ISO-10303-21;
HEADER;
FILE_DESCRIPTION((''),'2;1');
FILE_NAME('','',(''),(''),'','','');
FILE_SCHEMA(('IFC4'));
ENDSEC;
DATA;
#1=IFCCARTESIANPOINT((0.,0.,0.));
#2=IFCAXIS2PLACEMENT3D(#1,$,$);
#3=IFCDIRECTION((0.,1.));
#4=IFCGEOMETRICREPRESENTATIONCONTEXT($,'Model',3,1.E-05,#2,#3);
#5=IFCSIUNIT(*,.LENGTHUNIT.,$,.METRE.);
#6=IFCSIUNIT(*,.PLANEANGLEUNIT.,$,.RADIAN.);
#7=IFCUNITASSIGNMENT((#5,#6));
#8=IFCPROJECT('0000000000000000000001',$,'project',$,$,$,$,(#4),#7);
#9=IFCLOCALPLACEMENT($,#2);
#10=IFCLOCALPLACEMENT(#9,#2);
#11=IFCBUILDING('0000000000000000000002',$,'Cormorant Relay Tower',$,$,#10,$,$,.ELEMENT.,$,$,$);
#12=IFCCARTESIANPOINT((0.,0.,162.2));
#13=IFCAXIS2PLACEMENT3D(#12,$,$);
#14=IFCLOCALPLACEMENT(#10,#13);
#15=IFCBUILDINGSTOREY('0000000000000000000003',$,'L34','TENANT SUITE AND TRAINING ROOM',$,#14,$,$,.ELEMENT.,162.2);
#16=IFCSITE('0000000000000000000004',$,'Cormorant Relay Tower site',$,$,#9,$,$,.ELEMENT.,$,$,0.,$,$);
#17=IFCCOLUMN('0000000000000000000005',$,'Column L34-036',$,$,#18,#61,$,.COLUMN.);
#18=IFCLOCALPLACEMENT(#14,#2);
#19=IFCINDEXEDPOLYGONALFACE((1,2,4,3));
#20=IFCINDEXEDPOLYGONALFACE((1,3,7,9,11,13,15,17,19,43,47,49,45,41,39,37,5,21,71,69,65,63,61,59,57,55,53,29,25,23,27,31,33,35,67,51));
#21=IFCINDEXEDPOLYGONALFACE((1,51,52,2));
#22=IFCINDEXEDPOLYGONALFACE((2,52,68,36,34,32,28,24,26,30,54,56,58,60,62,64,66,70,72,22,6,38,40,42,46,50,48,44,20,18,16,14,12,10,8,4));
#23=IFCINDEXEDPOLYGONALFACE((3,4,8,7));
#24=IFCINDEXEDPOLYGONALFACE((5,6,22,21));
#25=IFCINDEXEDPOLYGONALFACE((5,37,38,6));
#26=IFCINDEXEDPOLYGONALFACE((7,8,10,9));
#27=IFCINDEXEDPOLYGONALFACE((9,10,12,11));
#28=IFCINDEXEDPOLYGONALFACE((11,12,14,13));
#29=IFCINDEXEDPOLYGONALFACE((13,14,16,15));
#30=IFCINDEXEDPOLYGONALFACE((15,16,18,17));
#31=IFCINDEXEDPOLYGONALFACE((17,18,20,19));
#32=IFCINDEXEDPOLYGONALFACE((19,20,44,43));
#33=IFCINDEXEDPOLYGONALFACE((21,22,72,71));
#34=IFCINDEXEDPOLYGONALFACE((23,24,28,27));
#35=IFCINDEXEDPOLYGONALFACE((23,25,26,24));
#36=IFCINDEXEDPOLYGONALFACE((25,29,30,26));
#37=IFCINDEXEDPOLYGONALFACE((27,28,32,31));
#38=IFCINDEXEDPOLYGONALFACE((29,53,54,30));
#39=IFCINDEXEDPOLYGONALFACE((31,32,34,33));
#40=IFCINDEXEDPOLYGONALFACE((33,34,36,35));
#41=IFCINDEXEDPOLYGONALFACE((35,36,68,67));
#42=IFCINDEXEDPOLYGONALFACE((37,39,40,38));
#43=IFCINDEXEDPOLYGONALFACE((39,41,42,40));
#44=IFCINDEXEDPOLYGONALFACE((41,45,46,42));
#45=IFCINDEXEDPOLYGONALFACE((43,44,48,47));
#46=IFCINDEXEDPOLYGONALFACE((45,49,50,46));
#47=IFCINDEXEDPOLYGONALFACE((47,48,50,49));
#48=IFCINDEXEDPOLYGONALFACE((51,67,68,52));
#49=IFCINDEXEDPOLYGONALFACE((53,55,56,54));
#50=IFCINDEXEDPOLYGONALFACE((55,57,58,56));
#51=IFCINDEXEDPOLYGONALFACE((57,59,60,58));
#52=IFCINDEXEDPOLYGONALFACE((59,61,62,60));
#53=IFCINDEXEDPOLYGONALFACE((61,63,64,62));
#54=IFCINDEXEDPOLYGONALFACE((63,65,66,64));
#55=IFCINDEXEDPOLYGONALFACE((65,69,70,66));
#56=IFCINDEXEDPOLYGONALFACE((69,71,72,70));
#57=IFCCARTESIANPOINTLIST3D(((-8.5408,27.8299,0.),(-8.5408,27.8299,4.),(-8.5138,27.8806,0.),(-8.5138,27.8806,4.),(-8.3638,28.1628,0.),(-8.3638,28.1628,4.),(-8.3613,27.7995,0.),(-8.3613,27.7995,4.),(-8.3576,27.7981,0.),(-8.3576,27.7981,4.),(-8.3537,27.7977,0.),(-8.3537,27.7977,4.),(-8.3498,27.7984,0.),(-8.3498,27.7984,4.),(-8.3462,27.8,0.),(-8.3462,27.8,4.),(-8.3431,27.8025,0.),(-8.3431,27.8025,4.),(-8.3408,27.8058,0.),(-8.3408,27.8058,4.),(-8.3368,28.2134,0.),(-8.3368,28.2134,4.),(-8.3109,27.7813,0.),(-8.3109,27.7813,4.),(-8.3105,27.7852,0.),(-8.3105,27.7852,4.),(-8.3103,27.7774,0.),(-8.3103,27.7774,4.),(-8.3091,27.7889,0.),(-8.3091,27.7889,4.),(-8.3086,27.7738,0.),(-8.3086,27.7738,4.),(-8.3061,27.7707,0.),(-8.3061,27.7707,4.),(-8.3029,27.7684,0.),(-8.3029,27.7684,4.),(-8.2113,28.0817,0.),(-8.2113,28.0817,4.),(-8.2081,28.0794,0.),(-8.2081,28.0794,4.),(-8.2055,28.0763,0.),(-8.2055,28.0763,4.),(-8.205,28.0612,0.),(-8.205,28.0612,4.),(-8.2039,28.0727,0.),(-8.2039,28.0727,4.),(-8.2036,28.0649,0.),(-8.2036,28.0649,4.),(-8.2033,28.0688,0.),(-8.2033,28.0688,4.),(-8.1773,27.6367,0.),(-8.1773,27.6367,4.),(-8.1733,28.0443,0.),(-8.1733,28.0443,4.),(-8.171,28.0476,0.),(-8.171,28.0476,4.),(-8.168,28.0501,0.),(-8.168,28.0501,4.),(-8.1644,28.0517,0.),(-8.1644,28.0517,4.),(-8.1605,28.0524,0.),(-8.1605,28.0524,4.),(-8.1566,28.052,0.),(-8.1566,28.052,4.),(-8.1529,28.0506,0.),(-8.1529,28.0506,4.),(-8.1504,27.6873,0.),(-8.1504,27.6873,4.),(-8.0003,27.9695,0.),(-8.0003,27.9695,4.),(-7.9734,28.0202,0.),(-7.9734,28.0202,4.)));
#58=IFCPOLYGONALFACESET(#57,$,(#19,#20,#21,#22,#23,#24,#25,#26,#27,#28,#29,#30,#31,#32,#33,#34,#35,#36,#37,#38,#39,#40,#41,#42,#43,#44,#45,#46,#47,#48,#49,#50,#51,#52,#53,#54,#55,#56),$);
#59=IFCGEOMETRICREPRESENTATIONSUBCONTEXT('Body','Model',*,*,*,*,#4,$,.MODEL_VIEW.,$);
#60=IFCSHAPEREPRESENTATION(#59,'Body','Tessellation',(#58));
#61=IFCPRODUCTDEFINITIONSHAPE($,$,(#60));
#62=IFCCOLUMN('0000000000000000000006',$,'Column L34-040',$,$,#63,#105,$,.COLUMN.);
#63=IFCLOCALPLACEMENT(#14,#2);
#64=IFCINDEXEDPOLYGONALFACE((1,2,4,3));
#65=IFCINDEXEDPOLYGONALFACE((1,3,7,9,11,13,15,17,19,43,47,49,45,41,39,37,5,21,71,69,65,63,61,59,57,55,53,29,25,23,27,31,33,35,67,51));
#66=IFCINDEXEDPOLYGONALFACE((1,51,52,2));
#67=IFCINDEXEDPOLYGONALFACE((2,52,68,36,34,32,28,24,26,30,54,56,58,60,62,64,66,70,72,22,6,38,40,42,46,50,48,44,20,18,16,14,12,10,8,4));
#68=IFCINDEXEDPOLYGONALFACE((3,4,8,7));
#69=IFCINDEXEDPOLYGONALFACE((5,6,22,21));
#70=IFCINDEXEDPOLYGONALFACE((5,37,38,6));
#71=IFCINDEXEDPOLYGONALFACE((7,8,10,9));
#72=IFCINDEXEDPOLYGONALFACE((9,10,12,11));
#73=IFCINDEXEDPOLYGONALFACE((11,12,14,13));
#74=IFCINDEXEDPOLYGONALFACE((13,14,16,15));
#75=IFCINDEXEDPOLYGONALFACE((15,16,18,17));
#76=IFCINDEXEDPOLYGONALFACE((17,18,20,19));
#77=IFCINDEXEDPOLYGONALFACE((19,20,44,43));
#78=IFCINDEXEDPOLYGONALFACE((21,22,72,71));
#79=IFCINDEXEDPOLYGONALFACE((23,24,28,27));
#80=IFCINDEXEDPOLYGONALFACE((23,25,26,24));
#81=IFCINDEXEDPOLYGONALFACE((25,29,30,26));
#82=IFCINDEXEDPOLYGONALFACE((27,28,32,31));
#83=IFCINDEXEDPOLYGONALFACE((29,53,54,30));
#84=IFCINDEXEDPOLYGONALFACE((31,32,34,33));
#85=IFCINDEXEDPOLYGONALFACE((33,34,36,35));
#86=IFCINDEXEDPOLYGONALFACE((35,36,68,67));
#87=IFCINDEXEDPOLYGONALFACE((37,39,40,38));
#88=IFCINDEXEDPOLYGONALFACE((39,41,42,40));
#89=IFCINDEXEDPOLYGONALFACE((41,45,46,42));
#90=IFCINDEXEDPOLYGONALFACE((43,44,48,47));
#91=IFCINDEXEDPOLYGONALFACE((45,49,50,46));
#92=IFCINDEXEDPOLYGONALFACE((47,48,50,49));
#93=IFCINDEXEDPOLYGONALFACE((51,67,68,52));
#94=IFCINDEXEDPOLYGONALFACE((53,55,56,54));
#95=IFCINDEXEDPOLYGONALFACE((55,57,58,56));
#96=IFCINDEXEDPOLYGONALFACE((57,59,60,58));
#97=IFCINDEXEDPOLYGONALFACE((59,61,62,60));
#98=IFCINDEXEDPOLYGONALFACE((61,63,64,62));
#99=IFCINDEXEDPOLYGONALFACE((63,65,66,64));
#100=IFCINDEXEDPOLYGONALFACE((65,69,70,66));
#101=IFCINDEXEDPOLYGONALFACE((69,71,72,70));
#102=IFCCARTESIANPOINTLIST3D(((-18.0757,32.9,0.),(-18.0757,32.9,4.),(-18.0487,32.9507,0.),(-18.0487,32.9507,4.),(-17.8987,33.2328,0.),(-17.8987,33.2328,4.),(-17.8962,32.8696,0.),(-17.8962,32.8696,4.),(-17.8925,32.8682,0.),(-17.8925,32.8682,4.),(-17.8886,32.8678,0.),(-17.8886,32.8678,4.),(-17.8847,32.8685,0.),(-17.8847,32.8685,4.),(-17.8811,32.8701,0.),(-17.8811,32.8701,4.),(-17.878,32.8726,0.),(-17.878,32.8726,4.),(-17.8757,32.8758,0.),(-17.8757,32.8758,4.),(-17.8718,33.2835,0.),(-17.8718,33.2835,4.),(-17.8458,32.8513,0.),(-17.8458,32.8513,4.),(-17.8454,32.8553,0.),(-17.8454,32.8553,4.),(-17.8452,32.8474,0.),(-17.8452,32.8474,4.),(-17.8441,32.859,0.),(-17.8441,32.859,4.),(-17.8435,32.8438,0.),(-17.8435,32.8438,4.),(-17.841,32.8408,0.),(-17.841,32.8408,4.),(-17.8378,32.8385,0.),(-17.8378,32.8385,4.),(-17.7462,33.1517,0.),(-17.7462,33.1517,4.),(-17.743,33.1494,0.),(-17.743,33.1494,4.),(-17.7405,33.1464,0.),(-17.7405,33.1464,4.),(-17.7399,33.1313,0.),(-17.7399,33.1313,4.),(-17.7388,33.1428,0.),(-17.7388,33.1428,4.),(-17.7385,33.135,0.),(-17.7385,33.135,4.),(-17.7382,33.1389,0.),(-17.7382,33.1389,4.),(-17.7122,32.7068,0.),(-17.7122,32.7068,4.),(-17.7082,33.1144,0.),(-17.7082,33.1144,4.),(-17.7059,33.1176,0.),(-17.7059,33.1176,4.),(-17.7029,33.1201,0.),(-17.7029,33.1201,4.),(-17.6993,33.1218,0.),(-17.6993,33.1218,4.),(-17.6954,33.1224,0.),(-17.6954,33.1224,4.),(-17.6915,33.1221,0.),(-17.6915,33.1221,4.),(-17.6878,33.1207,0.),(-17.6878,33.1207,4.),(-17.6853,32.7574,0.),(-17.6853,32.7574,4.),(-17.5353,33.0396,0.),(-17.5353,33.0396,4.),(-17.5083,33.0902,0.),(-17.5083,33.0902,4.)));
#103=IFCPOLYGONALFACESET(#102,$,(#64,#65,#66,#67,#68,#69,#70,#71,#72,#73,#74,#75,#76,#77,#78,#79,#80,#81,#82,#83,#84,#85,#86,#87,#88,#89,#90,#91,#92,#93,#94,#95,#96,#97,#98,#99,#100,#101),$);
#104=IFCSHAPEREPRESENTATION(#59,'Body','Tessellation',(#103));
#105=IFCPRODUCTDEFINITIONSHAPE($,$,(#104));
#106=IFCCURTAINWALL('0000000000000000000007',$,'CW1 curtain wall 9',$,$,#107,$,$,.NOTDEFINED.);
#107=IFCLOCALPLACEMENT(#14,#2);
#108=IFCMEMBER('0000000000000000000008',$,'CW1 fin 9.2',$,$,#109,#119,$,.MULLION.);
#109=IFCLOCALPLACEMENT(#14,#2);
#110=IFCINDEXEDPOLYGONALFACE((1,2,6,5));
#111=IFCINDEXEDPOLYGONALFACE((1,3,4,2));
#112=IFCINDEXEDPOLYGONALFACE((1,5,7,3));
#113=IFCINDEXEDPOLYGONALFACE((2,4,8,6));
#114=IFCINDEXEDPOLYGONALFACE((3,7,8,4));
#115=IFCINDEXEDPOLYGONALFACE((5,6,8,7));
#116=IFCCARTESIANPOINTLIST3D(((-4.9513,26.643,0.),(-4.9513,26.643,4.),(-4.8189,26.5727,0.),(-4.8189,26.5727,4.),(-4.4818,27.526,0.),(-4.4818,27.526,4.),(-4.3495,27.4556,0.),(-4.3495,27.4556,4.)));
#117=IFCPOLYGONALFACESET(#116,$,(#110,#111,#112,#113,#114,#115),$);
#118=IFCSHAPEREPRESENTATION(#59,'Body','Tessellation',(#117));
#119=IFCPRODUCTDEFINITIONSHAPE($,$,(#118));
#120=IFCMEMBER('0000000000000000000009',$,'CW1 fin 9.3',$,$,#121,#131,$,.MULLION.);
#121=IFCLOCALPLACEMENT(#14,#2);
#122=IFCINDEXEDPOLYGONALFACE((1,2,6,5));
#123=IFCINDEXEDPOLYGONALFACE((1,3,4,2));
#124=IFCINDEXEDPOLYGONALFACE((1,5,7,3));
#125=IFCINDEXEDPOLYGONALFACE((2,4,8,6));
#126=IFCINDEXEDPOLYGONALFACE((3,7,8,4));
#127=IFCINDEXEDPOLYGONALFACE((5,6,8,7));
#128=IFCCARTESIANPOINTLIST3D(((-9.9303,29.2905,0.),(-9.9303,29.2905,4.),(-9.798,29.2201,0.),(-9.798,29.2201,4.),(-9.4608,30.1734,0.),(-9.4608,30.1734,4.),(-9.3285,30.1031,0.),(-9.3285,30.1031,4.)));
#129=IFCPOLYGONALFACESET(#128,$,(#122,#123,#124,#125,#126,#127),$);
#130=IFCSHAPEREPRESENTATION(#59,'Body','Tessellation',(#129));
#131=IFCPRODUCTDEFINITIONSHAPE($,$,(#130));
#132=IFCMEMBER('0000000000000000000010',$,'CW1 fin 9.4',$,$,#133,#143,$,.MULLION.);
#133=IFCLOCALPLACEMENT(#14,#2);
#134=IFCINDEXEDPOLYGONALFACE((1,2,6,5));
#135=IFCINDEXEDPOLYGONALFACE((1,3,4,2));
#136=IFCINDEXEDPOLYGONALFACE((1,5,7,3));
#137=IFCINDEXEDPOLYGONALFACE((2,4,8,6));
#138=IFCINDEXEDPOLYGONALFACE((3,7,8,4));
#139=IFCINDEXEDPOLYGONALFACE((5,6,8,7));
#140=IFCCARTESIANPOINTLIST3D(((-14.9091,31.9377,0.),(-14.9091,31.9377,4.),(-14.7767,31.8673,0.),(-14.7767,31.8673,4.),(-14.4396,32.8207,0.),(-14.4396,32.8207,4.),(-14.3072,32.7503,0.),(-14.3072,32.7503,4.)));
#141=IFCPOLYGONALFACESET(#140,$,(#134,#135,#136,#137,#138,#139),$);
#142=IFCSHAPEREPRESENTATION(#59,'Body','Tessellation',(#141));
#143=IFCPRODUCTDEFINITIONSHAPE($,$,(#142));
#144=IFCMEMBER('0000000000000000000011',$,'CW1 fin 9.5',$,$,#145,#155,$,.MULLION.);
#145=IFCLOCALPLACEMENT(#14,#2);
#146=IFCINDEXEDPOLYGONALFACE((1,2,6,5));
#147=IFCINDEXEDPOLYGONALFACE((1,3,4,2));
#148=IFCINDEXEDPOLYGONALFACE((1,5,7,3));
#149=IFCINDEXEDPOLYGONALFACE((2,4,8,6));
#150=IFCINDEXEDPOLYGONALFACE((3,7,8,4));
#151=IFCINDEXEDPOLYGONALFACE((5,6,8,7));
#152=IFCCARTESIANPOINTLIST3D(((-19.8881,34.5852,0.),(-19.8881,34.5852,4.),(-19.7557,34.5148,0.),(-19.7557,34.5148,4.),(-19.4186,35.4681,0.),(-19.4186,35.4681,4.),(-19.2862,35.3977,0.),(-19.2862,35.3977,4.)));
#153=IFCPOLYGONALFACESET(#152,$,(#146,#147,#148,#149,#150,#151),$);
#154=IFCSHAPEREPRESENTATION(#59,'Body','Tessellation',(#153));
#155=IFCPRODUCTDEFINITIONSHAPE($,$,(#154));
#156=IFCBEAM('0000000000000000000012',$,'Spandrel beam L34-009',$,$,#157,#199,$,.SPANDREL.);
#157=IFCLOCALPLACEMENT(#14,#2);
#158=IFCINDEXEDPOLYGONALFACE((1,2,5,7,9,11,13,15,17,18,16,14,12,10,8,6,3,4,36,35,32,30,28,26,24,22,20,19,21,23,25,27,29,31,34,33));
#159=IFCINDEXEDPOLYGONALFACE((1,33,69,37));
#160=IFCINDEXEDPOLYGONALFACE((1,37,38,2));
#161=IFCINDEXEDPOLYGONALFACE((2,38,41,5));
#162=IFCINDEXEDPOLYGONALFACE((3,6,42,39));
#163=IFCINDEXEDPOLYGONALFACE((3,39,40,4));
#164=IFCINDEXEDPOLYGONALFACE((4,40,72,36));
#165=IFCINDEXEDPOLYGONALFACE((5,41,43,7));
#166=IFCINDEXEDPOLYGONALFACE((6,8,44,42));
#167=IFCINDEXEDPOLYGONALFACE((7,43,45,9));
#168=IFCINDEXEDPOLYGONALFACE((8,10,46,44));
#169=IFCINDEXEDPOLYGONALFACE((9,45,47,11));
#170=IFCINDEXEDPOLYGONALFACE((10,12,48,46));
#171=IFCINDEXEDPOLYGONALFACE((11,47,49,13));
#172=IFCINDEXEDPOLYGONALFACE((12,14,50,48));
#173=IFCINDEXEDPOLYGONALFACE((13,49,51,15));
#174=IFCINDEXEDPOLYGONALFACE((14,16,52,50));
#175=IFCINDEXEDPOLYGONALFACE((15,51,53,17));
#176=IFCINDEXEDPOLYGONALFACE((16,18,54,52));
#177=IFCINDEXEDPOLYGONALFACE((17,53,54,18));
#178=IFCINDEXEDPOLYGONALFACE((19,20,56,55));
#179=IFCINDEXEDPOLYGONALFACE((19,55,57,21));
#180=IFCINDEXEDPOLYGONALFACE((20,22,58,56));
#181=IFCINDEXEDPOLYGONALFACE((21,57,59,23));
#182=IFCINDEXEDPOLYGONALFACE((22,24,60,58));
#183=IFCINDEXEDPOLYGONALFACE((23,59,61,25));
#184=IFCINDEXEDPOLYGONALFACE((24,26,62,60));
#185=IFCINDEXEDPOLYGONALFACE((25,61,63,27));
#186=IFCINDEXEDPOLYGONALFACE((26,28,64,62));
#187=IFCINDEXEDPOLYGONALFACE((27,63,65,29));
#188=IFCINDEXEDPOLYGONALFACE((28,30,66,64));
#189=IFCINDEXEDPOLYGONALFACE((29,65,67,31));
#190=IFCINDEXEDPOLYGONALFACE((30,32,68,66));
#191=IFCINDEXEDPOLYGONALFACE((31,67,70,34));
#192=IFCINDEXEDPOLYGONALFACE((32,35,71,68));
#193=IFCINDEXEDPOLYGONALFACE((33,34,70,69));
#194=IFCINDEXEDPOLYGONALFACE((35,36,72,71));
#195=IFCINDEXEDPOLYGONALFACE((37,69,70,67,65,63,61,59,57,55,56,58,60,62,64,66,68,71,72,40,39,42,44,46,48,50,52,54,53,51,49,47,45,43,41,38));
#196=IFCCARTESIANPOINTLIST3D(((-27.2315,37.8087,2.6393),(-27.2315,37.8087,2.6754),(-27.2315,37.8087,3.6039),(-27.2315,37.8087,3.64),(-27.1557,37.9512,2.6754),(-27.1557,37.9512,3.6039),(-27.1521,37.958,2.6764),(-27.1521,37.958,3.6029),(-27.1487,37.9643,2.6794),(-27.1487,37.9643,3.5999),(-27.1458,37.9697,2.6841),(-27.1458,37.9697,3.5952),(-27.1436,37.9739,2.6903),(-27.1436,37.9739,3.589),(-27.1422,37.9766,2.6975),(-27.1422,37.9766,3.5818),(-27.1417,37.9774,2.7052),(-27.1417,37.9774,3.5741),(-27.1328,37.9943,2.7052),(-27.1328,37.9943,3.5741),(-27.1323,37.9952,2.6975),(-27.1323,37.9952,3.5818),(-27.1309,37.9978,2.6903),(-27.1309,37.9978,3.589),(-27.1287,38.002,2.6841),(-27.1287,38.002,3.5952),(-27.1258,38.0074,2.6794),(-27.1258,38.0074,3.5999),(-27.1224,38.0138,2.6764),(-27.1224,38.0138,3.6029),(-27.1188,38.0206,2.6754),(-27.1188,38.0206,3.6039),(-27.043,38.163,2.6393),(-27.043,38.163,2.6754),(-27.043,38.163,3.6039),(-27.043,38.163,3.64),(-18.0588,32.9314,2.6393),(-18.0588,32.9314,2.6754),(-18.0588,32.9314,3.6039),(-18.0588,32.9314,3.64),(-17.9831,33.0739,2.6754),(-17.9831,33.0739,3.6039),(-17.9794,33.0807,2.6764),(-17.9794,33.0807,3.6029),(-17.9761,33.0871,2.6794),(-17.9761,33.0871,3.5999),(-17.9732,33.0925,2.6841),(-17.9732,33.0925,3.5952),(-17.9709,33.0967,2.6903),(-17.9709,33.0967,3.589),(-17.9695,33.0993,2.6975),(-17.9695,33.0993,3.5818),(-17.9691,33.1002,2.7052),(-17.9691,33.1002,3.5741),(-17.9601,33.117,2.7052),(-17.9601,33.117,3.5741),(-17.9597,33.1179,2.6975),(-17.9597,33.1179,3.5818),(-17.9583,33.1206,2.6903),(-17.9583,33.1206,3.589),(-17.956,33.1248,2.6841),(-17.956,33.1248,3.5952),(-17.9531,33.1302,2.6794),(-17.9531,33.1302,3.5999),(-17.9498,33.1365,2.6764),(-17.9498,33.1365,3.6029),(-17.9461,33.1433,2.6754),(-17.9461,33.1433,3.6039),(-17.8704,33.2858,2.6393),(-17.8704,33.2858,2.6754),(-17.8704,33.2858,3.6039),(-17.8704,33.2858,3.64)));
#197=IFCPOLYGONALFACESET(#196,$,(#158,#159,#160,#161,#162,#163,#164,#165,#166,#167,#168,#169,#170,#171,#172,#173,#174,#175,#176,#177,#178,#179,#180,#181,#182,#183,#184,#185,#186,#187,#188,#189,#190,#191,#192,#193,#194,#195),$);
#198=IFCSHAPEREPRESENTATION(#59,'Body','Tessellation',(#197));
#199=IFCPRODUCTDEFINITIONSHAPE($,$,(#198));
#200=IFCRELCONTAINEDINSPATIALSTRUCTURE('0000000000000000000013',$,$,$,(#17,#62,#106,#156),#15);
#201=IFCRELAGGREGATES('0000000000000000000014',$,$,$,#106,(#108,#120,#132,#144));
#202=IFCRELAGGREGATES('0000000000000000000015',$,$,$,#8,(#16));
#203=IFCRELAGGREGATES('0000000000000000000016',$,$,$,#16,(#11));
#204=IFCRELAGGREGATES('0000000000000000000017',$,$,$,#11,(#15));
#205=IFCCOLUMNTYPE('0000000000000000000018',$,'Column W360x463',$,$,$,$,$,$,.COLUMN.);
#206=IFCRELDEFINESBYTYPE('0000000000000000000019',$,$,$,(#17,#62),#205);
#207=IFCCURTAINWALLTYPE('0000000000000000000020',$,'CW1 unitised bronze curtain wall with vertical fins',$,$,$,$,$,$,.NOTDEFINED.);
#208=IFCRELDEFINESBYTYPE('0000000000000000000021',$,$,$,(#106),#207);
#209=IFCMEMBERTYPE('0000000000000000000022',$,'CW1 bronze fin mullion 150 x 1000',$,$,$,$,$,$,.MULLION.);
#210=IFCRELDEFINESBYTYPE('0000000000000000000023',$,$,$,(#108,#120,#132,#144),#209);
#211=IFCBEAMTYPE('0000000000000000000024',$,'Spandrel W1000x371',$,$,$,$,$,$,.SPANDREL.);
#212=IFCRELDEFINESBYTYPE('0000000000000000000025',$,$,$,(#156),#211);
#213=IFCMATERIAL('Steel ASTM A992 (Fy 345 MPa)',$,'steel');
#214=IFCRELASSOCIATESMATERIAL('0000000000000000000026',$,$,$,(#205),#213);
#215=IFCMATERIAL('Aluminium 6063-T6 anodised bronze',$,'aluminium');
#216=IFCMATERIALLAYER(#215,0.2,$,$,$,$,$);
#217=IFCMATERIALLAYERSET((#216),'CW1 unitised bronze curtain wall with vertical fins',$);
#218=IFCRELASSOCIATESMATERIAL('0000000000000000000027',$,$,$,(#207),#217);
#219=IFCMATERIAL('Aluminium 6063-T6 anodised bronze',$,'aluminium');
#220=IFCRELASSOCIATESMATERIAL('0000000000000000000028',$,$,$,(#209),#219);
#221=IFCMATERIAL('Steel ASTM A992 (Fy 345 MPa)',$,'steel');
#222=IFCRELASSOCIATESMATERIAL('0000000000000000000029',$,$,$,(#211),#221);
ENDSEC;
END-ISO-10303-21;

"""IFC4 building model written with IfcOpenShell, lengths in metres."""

from ifc_helpers import new_model, si_unit, direction, frame, origin, origin_2d, place, context, subcontext, project, spatial, rectangle, i_section, extrude, material, layer, layer_set, material_profile, profile_set, type_object, element, aggregate, save


model = new_model("IFC4")

# Units and contexts
model_context = context("Model", 3, precision=1e-05, world=origin(), true_north=direction((0.0, 1.0)))
body_context = subcontext(model_context, "Body", "Model", "MODEL_VIEW")
ifc_project = project(units=[si_unit("LENGTHUNIT", "METRE"), si_unit("PLANEANGLEUNIT", "RADIAN")], contexts=[model_context])

# Site, building, storey
site_placement = place(None, origin())
site = spatial("IfcSite", under=ifc_project, at=site_placement, Name="Cormorant Relay Tower site", CompositionType="ELEMENT", RefElevation=0.0)
building_placement = place(site_placement, origin())
building = spatial("IfcBuilding", under=site, at=building_placement, Name="Cormorant Relay Tower", CompositionType="ELEMENT")
storey_placement = place(building_placement, frame((0.0, 0.0, 162.2)))
storey = spatial("IfcBuildingStorey", under=building, at=storey_placement, Name="L34", Description="TENANT SUITE AND TRAINING ROOM", CompositionType="ELEMENT", Elevation=162.2)

# Columns
ifc_material_1 = material(Name="Steel ASTM A992 (Fy 345 MPa)", Category="steel")
ifc_material_profile_1 = material_profile(ifc_material_1, i_section(OverallWidth=0.4116, OverallDepth=0.4343, WebThickness=0.0359, FlangeThickness=0.0574, FilletRadius=0.0151, at=origin_2d()), Name="W360x463")
ifc_profile_set_1 = profile_set([ifc_material_profile_1], Name="Steel ASTM A992 (Fy 345 MPa)")
column_type = type_object("IfcColumnType", Name="Column W360x463", PredefinedType="COLUMN", material=ifc_profile_set_1)
for number, where, z_axis, x_axis, name in (
    (1, (-8.2571, 27.925, 0.0), (0.0, 0.0, 1.0), (-0.882948, 0.469472, 0.0), "Column L34-036"),
    (2, (-17.792, 32.9951, 0.0), (0.0, 0.0, 1.0), (-0.882948, 0.469472, 0.0), "Column L34-040"),
):
    element("IfcColumn", number, at=place(storey_placement, frame(where, z_axis=z_axis, x_axis=x_axis)), inside=storey, type_object=column_type, Name=name, PredefinedType="COLUMN", context=body_context, shape_type="SweptSolid", body=[
        extrude(i_section(OverallWidth=0.4116, OverallDepth=0.4343, WebThickness=0.0359, FlangeThickness=0.0574, FilletRadius=0.0151, at=origin_2d()), origin(), (0.0, 0.0, 1.0), 4.0),
    ])

# Curtain wall, members
ifc_material_2 = material(Name="Aluminium 6063-T6 anodised bronze", Category="aluminium")
ifc_layer_1 = layer(ifc_material_2, 0.2)
ifc_layer_set_1 = layer_set([ifc_layer_1], Name="CW1 unitised bronze curtain wall with vertical fins")
curtain_wall_type = type_object("IfcCurtainWallType", Name="CW1 unitised bronze curtain wall with vertical fins", PredefinedType="NOTDEFINED", material=ifc_layer_set_1)
curtain_wall_placement = place(storey_placement, origin())
curtain_wall = element("IfcCurtainWall", 3, at=curtain_wall_placement, inside=storey, type_object=curtain_wall_type, Name="CW1 curtain wall 9", PredefinedType="NOTDEFINED")
ifc_material_3 = material(Name="Aluminium 6063-T6 anodised bronze", Category="aluminium")
ifc_material_profile_2 = material_profile(ifc_material_3, rectangle(XDim=0.1499, YDim=1.0, at=origin_2d()), Name="AL 150x1000")
ifc_profile_set_2 = profile_set([ifc_material_profile_2], Name="Aluminium 6063-T6 anodised bronze")
member_type = type_object("IfcMemberType", Name="CW1 bronze fin mullion 150 x 1000", PredefinedType="MULLION", material=ifc_profile_set_2)
member_1_placement = place(storey_placement, frame((-4.6504, 27.0493, 0.0), z_axis=(0.0, 0.0, 1.0), x_axis=(-0.882948, 0.469472, 0.0)))
member_1 = element("IfcMember", 4, at=member_1_placement, type_object=member_type, Name="CW1 fin 9.2", PredefinedType="MULLION", context=body_context, shape_type="SweptSolid", body=[
    extrude(rectangle(XDim=0.1499, YDim=1.0, at=origin_2d()), origin(), (0.0, 0.0, 1.0), 4.0),
])
member_2_placement = place(storey_placement, frame((-9.6294, 29.6968, 0.0), z_axis=(0.0, 0.0, 1.0), x_axis=(-0.882948, 0.469472, 0.0)))
member_2 = element("IfcMember", 5, at=member_2_placement, type_object=member_type, Name="CW1 fin 9.3", PredefinedType="MULLION", context=body_context, shape_type="SweptSolid", body=[
    extrude(rectangle(XDim=0.1499, YDim=1.0, at=origin_2d()), origin(), (0.0, 0.0, 1.0), 4.0),
])
member_3_placement = place(storey_placement, frame((-14.6082, 32.344, 0.0), z_axis=(0.0, 0.0, 1.0), x_axis=(-0.882948, 0.469472, 0.0)))
member_3 = element("IfcMember", 6, at=member_3_placement, type_object=member_type, Name="CW1 fin 9.4", PredefinedType="MULLION", context=body_context, shape_type="SweptSolid", body=[
    extrude(rectangle(XDim=0.1499, YDim=1.0, at=origin_2d()), origin(), (0.0, 0.0, 1.0), 4.0),
])
member_4_placement = place(storey_placement, frame((-19.5872, 34.9915, 0.0), z_axis=(0.0, 0.0, 1.0), x_axis=(-0.882948, 0.469472, 0.0)))
member_4 = element("IfcMember", 7, at=member_4_placement, type_object=member_type, Name="CW1 fin 9.5", PredefinedType="MULLION", context=body_context, shape_type="SweptSolid", body=[
    extrude(rectangle(XDim=0.1499, YDim=1.0, at=origin_2d()), origin(), (0.0, 0.0, 1.0), 4.0),
])

# Beam
ifc_material_4 = material(Name="Steel ASTM A992 (Fy 345 MPa)", Category="steel")
ifc_material_profile_3 = material_profile(ifc_material_4, i_section(OverallWidth=0.4014, OverallDepth=1.0007, WebThickness=0.019, FlangeThickness=0.0361, FilletRadius=0.0298, at=origin_2d()), Name="W1000x371")
ifc_profile_set_3 = profile_set([ifc_material_profile_3], Name="Steel ASTM A992 (Fy 345 MPa)")
beam_type_1 = type_object("IfcBeamType", Name="Spandrel W1000x371", PredefinedType="SPANDREL", material=ifc_profile_set_3)
beam_1_placement = place(storey_placement, frame((-17.9646, 33.1086, 3.1396), z_axis=(-0.882946, 0.469474, 0.0), x_axis=(-0.469474, -0.882946, 0.0)))
element("IfcBeam", 8, at=beam_1_placement, inside=storey, type_object=beam_type_1, Name="Spandrel beam L34-009", PredefinedType="SPANDREL", context=body_context, shape_type="SweptSolid", body=[
    extrude(i_section(OverallWidth=0.4014, OverallDepth=1.0007, WebThickness=0.019, FlangeThickness=0.0361, FilletRadius=0.0298, at=origin_2d()), origin(), (0.0, 0.0, 1.0), 10.3887),
])

aggregate(curtain_wall, [member_1, member_2, member_3, member_4])

save(model, "model.ifc")
